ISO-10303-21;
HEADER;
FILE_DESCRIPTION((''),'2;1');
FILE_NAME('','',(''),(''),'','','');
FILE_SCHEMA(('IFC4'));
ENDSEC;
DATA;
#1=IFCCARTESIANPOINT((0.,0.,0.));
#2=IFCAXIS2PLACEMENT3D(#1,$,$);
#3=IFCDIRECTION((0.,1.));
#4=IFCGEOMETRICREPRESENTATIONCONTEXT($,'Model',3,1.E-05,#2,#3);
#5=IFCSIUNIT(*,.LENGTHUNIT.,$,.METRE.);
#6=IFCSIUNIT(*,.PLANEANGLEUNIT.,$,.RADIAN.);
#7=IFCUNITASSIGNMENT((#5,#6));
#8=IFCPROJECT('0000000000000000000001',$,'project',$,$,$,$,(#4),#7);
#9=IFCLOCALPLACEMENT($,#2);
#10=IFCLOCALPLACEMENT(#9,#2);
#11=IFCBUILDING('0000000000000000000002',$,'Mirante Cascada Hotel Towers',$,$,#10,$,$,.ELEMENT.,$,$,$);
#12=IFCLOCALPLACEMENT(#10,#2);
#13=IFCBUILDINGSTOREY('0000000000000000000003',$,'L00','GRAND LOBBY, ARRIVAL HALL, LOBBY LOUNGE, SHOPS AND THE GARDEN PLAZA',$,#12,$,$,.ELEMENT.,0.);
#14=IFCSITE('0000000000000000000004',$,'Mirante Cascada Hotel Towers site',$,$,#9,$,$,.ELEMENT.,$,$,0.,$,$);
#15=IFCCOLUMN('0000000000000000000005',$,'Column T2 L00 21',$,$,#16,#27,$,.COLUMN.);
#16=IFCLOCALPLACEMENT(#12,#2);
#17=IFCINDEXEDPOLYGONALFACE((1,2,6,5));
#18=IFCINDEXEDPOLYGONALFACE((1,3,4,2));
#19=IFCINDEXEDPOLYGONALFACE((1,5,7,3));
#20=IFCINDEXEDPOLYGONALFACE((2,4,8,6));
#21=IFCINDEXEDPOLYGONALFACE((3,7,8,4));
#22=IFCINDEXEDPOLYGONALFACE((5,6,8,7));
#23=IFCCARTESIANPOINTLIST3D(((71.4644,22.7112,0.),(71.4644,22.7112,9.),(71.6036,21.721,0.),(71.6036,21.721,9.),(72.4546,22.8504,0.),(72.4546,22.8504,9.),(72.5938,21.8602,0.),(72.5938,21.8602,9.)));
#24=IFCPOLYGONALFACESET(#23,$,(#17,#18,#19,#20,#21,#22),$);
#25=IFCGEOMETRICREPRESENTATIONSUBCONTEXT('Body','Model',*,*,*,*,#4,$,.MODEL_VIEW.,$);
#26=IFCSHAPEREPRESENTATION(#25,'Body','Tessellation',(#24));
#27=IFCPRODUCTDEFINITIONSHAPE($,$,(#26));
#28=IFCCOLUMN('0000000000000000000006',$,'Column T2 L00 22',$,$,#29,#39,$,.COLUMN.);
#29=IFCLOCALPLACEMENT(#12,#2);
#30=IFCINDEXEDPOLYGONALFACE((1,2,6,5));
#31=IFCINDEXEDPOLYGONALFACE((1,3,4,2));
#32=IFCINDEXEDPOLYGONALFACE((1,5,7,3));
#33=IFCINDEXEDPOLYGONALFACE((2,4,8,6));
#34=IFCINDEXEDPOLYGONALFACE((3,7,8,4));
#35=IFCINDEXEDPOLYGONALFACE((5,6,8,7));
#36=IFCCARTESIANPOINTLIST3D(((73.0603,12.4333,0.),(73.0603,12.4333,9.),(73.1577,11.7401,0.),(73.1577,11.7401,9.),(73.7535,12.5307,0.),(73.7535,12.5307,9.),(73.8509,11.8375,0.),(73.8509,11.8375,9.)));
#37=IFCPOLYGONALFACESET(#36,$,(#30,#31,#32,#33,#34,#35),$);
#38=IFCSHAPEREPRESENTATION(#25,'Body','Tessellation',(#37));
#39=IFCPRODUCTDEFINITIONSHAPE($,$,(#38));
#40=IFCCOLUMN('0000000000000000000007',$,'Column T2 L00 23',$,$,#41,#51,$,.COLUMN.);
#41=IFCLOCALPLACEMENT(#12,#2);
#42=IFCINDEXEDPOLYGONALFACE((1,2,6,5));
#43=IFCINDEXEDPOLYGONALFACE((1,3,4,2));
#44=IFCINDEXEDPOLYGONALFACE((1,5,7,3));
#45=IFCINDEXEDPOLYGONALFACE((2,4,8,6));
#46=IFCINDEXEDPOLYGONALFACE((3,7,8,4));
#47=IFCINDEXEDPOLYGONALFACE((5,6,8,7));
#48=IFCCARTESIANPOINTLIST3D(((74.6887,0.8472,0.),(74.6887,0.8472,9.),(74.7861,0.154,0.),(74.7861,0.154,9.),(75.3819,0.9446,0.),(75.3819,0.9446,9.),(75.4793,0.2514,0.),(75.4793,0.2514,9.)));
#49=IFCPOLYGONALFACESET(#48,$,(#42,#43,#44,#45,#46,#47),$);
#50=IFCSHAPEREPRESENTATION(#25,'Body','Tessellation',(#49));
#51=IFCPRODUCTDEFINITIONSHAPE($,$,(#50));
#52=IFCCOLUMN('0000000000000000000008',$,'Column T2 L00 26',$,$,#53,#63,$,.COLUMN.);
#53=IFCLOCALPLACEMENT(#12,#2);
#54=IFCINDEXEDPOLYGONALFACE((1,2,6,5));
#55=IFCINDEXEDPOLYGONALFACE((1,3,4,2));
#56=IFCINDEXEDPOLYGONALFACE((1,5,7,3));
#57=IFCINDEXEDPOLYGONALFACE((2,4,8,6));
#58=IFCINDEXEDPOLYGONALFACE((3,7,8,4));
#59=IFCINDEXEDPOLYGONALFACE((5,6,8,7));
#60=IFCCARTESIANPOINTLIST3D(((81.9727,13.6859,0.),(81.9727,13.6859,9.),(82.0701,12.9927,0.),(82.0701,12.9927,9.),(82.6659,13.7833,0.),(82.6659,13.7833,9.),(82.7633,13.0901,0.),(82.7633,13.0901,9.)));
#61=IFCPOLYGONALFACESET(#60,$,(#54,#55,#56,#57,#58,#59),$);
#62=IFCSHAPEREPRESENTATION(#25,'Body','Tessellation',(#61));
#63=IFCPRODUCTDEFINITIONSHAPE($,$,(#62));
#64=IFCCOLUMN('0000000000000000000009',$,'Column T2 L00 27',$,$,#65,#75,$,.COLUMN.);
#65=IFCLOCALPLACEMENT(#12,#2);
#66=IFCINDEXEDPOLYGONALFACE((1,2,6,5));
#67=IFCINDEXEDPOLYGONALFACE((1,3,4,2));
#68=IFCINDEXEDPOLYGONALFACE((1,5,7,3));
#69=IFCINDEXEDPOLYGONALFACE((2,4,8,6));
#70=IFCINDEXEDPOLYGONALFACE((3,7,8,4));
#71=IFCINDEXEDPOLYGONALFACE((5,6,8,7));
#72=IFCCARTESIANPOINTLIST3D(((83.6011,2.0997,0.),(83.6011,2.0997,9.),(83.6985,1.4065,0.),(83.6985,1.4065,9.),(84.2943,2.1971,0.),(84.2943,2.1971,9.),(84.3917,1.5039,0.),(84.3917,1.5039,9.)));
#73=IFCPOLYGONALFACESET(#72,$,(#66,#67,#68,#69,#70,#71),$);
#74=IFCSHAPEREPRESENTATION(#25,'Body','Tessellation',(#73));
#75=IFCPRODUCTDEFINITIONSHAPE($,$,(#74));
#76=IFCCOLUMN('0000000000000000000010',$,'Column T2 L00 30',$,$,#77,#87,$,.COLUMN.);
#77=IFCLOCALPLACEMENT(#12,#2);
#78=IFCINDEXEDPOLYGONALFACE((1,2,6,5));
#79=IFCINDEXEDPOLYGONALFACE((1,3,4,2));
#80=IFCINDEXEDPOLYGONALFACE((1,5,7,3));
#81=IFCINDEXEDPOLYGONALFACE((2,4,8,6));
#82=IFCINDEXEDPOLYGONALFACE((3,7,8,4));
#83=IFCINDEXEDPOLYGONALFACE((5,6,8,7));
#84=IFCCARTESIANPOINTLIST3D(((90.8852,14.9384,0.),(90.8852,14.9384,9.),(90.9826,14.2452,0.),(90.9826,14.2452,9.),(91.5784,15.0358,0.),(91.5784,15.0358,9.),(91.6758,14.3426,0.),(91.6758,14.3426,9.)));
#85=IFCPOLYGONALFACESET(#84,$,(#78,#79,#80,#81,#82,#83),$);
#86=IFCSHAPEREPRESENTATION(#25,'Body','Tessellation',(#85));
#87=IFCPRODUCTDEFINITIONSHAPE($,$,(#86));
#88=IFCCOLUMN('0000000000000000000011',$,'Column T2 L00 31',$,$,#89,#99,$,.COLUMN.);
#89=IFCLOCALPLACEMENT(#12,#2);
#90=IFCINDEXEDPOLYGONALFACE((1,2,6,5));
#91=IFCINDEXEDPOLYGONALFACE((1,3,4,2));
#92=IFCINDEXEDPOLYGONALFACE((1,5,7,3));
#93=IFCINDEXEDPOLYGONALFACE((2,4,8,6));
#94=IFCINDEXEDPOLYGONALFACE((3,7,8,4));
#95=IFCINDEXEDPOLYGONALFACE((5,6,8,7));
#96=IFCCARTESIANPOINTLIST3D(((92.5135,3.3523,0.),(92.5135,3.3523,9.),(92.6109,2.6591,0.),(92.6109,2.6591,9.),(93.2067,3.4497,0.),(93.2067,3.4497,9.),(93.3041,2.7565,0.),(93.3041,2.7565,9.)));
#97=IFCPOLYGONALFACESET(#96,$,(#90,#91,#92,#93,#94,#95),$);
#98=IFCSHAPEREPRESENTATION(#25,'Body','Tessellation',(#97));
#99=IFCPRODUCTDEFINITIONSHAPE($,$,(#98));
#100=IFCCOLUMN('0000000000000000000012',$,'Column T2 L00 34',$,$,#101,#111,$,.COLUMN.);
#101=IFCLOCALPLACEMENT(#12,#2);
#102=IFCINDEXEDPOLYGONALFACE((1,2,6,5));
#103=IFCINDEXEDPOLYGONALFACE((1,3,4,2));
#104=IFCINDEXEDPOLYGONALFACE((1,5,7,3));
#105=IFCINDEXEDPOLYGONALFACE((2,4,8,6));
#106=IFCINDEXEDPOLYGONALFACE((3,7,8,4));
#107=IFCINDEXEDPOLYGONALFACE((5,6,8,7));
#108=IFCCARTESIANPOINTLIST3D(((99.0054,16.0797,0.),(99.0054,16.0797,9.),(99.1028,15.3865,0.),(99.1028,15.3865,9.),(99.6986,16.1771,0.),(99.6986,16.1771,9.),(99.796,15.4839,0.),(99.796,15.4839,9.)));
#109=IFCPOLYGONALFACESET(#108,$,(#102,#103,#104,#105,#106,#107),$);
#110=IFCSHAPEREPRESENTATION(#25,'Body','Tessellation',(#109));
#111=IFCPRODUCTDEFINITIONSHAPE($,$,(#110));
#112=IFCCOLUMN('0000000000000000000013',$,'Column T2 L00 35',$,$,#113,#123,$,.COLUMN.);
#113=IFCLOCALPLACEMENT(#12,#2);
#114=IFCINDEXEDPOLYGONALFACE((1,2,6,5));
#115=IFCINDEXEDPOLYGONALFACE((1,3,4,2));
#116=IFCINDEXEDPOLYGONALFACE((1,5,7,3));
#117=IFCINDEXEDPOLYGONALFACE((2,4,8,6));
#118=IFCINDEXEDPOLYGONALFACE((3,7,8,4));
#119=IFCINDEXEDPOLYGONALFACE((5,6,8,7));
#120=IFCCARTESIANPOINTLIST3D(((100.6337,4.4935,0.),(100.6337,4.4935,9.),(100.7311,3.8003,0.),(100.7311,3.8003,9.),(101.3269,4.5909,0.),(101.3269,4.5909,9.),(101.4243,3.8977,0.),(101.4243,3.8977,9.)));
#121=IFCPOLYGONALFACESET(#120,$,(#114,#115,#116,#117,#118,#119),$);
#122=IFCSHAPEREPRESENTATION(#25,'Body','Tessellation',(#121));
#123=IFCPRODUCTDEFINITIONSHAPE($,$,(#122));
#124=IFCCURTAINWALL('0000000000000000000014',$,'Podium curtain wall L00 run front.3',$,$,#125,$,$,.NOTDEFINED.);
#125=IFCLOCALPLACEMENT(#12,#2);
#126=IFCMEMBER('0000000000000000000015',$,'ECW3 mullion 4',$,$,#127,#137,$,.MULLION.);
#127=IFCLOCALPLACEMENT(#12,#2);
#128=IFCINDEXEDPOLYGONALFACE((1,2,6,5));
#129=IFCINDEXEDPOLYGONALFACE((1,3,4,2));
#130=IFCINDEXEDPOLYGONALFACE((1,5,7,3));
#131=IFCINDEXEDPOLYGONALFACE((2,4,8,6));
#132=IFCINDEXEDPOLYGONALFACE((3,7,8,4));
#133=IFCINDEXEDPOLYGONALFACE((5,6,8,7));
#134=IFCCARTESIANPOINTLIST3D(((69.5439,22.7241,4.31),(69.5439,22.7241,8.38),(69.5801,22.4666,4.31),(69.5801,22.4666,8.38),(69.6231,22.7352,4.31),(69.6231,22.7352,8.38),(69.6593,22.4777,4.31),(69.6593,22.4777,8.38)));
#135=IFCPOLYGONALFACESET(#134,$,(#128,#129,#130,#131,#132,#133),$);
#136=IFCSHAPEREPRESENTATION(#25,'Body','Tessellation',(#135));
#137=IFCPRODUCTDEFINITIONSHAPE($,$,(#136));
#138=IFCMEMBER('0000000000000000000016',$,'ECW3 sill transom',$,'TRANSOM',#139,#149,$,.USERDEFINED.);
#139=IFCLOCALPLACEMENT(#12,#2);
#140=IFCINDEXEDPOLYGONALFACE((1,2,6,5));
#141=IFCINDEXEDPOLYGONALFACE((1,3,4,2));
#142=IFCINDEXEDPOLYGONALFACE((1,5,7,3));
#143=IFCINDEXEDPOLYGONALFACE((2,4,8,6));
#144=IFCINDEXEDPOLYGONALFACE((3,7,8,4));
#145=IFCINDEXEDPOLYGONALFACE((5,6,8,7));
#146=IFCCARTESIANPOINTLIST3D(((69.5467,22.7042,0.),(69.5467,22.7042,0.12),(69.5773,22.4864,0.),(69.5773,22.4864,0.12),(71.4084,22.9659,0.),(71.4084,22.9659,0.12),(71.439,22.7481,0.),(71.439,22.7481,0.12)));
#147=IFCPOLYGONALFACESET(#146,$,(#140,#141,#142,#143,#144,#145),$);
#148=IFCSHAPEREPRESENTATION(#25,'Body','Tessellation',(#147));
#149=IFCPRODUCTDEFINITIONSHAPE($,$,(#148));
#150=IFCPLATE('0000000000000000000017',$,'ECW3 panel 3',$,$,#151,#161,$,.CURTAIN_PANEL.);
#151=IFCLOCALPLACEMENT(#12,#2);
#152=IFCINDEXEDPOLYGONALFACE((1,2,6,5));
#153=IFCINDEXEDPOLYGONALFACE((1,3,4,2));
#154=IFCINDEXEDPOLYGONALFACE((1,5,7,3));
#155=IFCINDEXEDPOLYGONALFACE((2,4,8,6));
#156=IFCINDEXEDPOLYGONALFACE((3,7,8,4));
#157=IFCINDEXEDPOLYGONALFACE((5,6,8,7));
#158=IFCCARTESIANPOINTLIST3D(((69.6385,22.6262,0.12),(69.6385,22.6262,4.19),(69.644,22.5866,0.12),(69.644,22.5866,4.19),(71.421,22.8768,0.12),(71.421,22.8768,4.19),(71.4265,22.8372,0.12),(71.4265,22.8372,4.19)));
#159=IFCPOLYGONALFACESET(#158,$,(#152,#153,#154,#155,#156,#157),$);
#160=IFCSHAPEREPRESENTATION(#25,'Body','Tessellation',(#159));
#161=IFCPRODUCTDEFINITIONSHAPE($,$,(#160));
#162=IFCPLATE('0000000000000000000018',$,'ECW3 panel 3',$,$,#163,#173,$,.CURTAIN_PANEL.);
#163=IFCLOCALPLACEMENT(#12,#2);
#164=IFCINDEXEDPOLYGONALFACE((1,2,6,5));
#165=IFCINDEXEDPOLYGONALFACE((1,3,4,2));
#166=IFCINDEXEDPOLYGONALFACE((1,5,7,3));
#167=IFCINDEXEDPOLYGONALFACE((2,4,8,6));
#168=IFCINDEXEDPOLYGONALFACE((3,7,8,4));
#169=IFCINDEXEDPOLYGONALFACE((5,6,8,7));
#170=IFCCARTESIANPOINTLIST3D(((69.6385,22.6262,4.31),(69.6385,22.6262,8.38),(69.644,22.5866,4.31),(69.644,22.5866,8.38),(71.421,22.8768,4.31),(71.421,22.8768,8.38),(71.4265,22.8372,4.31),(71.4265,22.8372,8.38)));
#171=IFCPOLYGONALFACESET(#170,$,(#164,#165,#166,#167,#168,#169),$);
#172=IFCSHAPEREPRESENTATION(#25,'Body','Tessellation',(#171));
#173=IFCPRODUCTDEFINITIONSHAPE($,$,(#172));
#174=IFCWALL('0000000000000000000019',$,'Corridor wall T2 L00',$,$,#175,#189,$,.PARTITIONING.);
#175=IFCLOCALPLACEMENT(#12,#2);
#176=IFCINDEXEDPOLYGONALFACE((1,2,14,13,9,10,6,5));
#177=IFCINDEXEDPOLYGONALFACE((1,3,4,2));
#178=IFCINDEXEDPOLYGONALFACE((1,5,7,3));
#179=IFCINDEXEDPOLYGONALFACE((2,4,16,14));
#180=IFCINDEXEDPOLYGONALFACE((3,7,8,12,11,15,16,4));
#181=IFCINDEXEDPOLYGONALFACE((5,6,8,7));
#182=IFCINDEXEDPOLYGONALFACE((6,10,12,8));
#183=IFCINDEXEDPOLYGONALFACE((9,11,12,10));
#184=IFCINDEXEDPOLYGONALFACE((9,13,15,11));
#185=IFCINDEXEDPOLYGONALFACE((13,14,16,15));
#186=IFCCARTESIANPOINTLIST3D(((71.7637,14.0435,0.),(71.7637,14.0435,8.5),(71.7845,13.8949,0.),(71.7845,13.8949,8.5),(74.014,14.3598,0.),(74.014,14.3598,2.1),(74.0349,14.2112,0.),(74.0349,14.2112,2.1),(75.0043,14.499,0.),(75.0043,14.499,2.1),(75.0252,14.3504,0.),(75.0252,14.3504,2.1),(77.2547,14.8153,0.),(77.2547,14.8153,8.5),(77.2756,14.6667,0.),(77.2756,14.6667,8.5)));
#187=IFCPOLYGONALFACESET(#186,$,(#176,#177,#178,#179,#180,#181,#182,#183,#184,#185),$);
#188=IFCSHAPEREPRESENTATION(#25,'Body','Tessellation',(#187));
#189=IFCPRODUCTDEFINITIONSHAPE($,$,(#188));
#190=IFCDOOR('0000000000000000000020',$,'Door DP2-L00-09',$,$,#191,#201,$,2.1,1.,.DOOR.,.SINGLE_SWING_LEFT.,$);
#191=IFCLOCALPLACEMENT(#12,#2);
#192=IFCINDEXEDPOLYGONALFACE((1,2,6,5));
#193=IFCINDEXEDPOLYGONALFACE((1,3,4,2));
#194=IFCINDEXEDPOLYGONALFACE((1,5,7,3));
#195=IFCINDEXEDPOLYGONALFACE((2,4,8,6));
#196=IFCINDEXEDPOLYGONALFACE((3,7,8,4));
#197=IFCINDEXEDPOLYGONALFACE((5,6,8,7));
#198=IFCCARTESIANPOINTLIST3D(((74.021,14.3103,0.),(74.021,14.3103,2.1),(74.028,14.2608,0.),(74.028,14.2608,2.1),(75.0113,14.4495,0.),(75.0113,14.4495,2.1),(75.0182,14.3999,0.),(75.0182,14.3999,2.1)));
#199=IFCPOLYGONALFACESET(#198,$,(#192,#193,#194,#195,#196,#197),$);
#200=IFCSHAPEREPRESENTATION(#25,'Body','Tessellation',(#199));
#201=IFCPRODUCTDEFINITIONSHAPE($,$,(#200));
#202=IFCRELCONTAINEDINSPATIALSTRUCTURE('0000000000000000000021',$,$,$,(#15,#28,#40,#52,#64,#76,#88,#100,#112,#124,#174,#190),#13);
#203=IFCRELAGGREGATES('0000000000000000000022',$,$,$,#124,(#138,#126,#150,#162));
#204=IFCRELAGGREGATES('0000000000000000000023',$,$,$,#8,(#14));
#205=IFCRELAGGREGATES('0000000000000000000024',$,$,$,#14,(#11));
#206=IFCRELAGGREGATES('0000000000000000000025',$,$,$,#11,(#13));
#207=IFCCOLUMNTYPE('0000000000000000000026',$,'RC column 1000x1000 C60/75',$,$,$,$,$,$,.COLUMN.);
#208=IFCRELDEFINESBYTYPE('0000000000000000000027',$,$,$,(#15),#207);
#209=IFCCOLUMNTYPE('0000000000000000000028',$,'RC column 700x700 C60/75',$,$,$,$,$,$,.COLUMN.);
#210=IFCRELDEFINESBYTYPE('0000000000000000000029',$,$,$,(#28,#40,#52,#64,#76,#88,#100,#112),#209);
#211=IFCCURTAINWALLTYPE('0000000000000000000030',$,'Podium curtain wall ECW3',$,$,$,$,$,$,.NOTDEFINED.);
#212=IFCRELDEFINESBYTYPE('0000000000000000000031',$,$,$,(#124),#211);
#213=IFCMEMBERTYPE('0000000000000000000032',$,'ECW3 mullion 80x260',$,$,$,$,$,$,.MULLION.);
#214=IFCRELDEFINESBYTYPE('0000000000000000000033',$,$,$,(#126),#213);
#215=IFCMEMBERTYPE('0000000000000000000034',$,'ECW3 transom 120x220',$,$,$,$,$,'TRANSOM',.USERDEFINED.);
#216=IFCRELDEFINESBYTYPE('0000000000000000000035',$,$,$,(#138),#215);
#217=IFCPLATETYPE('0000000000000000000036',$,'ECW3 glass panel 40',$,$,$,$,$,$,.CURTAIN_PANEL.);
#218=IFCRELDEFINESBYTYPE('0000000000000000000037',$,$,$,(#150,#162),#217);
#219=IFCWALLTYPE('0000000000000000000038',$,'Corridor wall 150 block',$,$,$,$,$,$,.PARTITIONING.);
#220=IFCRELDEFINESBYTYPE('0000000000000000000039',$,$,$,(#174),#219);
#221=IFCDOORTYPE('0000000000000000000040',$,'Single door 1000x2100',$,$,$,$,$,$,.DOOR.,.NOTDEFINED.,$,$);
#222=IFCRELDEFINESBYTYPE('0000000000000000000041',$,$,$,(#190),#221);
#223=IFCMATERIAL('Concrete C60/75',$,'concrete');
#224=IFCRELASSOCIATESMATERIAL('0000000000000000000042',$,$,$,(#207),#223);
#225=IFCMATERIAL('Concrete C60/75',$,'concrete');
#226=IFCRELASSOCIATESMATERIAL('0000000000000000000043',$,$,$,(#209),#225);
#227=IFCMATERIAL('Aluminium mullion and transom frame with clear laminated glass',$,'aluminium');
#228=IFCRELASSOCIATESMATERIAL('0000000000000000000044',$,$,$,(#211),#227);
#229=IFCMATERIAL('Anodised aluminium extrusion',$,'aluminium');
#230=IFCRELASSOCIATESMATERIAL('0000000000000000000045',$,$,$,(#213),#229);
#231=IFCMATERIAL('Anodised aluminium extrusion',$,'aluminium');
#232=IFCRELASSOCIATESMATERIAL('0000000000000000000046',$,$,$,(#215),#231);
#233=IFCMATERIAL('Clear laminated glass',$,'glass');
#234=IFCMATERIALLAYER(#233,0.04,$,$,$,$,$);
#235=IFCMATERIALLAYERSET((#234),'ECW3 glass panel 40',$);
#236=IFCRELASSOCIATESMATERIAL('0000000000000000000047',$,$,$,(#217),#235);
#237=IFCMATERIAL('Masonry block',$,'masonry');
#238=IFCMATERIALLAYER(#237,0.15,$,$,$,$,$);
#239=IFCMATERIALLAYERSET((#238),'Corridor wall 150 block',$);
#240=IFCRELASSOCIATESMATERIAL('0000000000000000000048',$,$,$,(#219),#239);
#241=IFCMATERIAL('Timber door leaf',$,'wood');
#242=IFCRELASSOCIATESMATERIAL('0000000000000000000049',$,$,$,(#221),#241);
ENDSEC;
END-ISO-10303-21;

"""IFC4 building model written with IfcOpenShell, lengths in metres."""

from ifc_helpers import new_model, si_unit, direction, frame, frame_2d, origin, origin_2d, place, context, subcontext, project, spatial, rectangle, extrude, material, layer, layer_set, material_profile, profile_set, type_object, element, fill, aggregate, save


model = new_model("IFC4")

# Units and contexts
model_context = context("Model", 3, precision=1e-05, world=origin(), true_north=direction((0.0, 1.0)))
body_context = subcontext(model_context, "Body", "Model", "MODEL_VIEW")
ifc_project = project(units=[si_unit("LENGTHUNIT", "METRE"), si_unit("PLANEANGLEUNIT", "RADIAN")], contexts=[model_context])

# Site, building, storey
site_placement = place(None, origin())
site = spatial("IfcSite", under=ifc_project, at=site_placement, Name="Mirante Cascada Hotel Towers site", CompositionType="ELEMENT", RefElevation=0.0)
building_placement = place(site_placement, origin())
building = spatial("IfcBuilding", under=site, at=building_placement, Name="Mirante Cascada Hotel Towers", CompositionType="ELEMENT")
storey_placement = place(building_placement, origin())
storey = spatial("IfcBuildingStorey", under=building, at=storey_placement, Name="L00", Description="GRAND LOBBY, ARRIVAL HALL, LOBBY LOUNGE, SHOPS AND THE GARDEN PLAZA", CompositionType="ELEMENT", Elevation=0.0)

# Columns
ifc_material_1 = material(Name="Concrete C60/75", Category="concrete")
ifc_material_profile_1 = material_profile(ifc_material_1, rectangle(XDim=1.0, YDim=1.0, at=origin_2d()), Name="RC column 1000x1000 C60/75")
ifc_profile_set_1 = profile_set([ifc_material_profile_1], Name="Concrete C60/75")
column_type_1 = type_object("IfcColumnType", Name="RC column 1000x1000 C60/75", PredefinedType="COLUMN", material=ifc_profile_set_1)
column_placement = place(storey_placement, frame((72.0291, 22.2857, 0.0), z_axis=(0.0, 0.0, 1.0), x_axis=(0.990268, 0.139173, 0.0)))
element("IfcColumn", 1, at=column_placement, inside=storey, type_object=column_type_1, Name="Column T2 L00 21", PredefinedType="COLUMN", context=body_context, shape_type="SweptSolid", body=[
    extrude(rectangle(XDim=1.0, YDim=1.0, at=origin_2d()), origin(), (0.0, 0.0, 1.0), 9.0),
])
ifc_material_2 = material(Name="Concrete C60/75", Category="concrete")
ifc_material_profile_2 = material_profile(ifc_material_2, rectangle(XDim=0.7, YDim=0.7, at=origin_2d()), Name="RC column 700x700 C60/75")
ifc_profile_set_2 = profile_set([ifc_material_profile_2], Name="Concrete C60/75")
column_type_2 = type_object("IfcColumnType", Name="RC column 700x700 C60/75", PredefinedType="COLUMN", material=ifc_profile_set_2)
for number, where, z_axis, x_axis, name in (
    (2, (73.4556, 12.1354, 0.0), (0.0, 0.0, 1.0), (0.990268, 0.139173, 0.0), "Column T2 L00 22"),
    (3, (75.084, 0.5493, 0.0), (0.0, 0.0, 1.0), (0.990268, 0.139173, 0.0), "Column T2 L00 23"),
    (4, (82.368, 13.388, 0.0), (0.0, 0.0, 1.0), (0.990268, 0.139173, 0.0), "Column T2 L00 26"),
    (5, (83.9964, 1.8018, 0.0), (0.0, 0.0, 1.0), (0.990268, 0.139173, 0.0), "Column T2 L00 27"),
    (6, (91.2805, 14.6405, 0.0), (0.0, 0.0, 1.0), (0.990268, 0.139173, 0.0), "Column T2 L00 30"),
    (7, (92.9088, 3.0544, 0.0), (0.0, 0.0, 1.0), (0.990268, 0.139173, 0.0), "Column T2 L00 31"),
    (8, (99.4007, 15.7818, 0.0), (0.0, 0.0, 1.0), (0.990268, 0.139173, 0.0), "Column T2 L00 34"),
    (9, (101.029, 4.1956, 0.0), (0.0, 0.0, 1.0), (0.990268, 0.139173, 0.0), "Column T2 L00 35"),
):
    element("IfcColumn", number, at=place(storey_placement, frame(where, z_axis=z_axis, x_axis=x_axis)), inside=storey, type_object=column_type_2, Name=name, PredefinedType="COLUMN", context=body_context, shape_type="SweptSolid", body=[
        extrude(rectangle(XDim=0.7, YDim=0.7, at=origin_2d()), origin(), (0.0, 0.0, 1.0), 9.0),
    ])

# Curtain wall, members, plates
ifc_material_3 = material(Name="Aluminium mullion and transom frame with clear laminated glass", Category="aluminium")
curtain_wall_type = type_object("IfcCurtainWallType", Name="Podium curtain wall ECW3", PredefinedType="NOTDEFINED", material=ifc_material_3)
curtain_wall_placement = place(storey_placement, origin())
curtain_wall = element("IfcCurtainWall", 10, at=curtain_wall_placement, inside=storey, type_object=curtain_wall_type, Name="Podium curtain wall L00 run front.3", PredefinedType="NOTDEFINED")
ifc_material_4 = material(Name="Anodised aluminium extrusion", Category="aluminium")
ifc_material_profile_3 = material_profile(ifc_material_4, rectangle(XDim=0.26, YDim=0.08, at=origin_2d()), Name="ECW3 MULLION 80x260")
ifc_profile_set_3 = profile_set([ifc_material_profile_3], Name="Anodised aluminium extrusion")
member_type_1 = type_object("IfcMemberType", Name="ECW3 mullion 80x260", PredefinedType="MULLION", material=ifc_profile_set_3)
member_1_placement = place(storey_placement, frame((69.6016, 22.6009, 4.31), z_axis=(0.0, 0.0, 1.0), x_axis=(0.139173, -0.990268, 0.0)))
member_1 = element("IfcMember", 11, at=member_1_placement, type_object=member_type_1, Name="ECW3 mullion 4", PredefinedType="MULLION", context=body_context, shape_type="SweptSolid", body=[
    extrude(rectangle(XDim=0.26, YDim=0.08, at=origin_2d()), origin(), (0.0, 0.0, 1.0), 4.07),
])
ifc_material_5 = material(Name="Anodised aluminium extrusion", Category="aluminium")
ifc_material_profile_4 = material_profile(ifc_material_5, rectangle(XDim=0.22, YDim=0.12, at=origin_2d()), Name="ECW3 TRANSOM 120x220")
ifc_profile_set_4 = profile_set([ifc_material_profile_4], Name="Anodised aluminium extrusion")
member_type_2 = type_object("IfcMemberType", Name="ECW3 transom 120x220", ElementType="TRANSOM", PredefinedType="USERDEFINED", material=ifc_profile_set_4)
member_2_placement = place(storey_placement, frame((71.4237, 22.857, 0.06), z_axis=(-0.990264, -0.139202, 0.0), x_axis=(0.139202, -0.990264, 0.0)))
member_2 = element("IfcMember", 12, at=member_2_placement, type_object=member_type_2, Name="ECW3 sill transom", ObjectType="TRANSOM", PredefinedType="USERDEFINED", context=body_context, shape_type="SweptSolid", body=[
    extrude(rectangle(XDim=0.22, YDim=0.12, at=origin_2d()), origin(), (0.0, 0.0, 1.0), 1.88),
])
ifc_material_6 = material(Name="Clear laminated glass", Category="glass")
ifc_layer_1 = layer(ifc_material_6, 0.04)
ifc_layer_set_1 = layer_set([ifc_layer_1], Name="ECW3 glass panel 40")
plate_type = type_object("IfcPlateType", Name="ECW3 glass panel 40", PredefinedType="CURTAIN_PANEL", material=ifc_layer_set_1)
plate_1_placement = place(storey_placement, frame((70.5325, 22.7317, 0.12), z_axis=(0.0, 0.0, 1.0), x_axis=(-0.990268, -0.139173, 0.0)))
plate_1 = element("IfcPlate", 13, at=plate_1_placement, type_object=plate_type, Name="ECW3 panel 3", PredefinedType="CURTAIN_PANEL", context=body_context, shape_type="SweptSolid", body=[
    extrude(rectangle(XDim=1.8, YDim=0.04, at=origin_2d()), origin(), (0.0, 0.0, 1.0), 4.07),
])
plate_2_placement = place(storey_placement, frame((70.5325, 22.7317, 4.31), z_axis=(0.0, 0.0, 1.0), x_axis=(-0.990268, -0.139173, 0.0)))
plate_2 = element("IfcPlate", 14, at=plate_2_placement, type_object=plate_type, Name="ECW3 panel 3", PredefinedType="CURTAIN_PANEL", context=body_context, shape_type="SweptSolid", body=[
    extrude(rectangle(XDim=1.8, YDim=0.04, at=origin_2d()), origin(), (0.0, 0.0, 1.0), 4.07),
])
aggregate(curtain_wall, [member_2, member_1, plate_1, plate_2])

# Wall, opening, door
ifc_material_7 = material(Name="Masonry block", Category="masonry")
ifc_layer_2 = layer(ifc_material_7, 0.15)
ifc_layer_set_2 = layer_set([ifc_layer_2], Name="Corridor wall 150 block")
wall_type_1 = type_object("IfcWallType", Name="Corridor wall 150 block", PredefinedType="PARTITIONING", material=ifc_layer_set_2)
wall_1_placement = place(storey_placement, frame((71.7741, 13.9692, 0.0), z_axis=(0.0, 0.0, 1.0), x_axis=(0.990266, 0.139189, 0.0)))
wall_1 = element("IfcWall", 15, at=wall_1_placement, inside=storey, type_object=wall_type_1, Name="Corridor wall T2 L00", PredefinedType="PARTITIONING", context=body_context, shape_type="SweptSolid", body=[
    extrude(rectangle(XDim=5.545, YDim=0.15, at=frame_2d((2.7725, 0.0))), origin(), (0.0, 0.0, 1.0), 8.5),
])
opening_1_placement = place(wall_1_placement, frame((2.2725, 0.0, 0.0)))
opening_1 = element("IfcOpeningElement", 16, at=opening_1_placement, cuts=wall_1, PredefinedType="OPENING", context=body_context, shape_type="SweptSolid", body=[
    extrude(rectangle(XDim=1.0, YDim=2.1, at=frame_2d((0.5, 1.05))), frame((0.0, 0.075, 0.0), z_axis=(0.0, -1.0, 0.0), x_axis=(1.0, 0.0, 0.0)), (0.0, 0.0, 1.0), 0.15),
])
ifc_material_8 = material(Name="Timber door leaf", Category="wood")
door_type_1 = type_object("IfcDoorType", Name="Single door 1000x2100", OperationType="NOTDEFINED", PredefinedType="DOOR", material=ifc_material_8)
door_1_placement = place(opening_1_placement, origin())
door_1 = element("IfcDoor", 17, at=door_1_placement, inside=storey, type_object=door_type_1, Name="Door DP2-L00-09", OperationType="SINGLE_SWING_LEFT", OverallHeight=2.1, OverallWidth=1.0, PredefinedType="DOOR", context=body_context, shape_type="SweptSolid", body=[
    extrude(rectangle(XDim=1.0, YDim=2.1, at=frame_2d((0.5, 1.05))), frame((0.0, 0.025, 0.0), z_axis=(0.0, -1.0, 0.0), x_axis=(1.0, 0.0, 0.0)), (0.0, 0.0, 1.0), 0.05),
])
fill(opening_1, door_1)

save(model, "model.ifc")
